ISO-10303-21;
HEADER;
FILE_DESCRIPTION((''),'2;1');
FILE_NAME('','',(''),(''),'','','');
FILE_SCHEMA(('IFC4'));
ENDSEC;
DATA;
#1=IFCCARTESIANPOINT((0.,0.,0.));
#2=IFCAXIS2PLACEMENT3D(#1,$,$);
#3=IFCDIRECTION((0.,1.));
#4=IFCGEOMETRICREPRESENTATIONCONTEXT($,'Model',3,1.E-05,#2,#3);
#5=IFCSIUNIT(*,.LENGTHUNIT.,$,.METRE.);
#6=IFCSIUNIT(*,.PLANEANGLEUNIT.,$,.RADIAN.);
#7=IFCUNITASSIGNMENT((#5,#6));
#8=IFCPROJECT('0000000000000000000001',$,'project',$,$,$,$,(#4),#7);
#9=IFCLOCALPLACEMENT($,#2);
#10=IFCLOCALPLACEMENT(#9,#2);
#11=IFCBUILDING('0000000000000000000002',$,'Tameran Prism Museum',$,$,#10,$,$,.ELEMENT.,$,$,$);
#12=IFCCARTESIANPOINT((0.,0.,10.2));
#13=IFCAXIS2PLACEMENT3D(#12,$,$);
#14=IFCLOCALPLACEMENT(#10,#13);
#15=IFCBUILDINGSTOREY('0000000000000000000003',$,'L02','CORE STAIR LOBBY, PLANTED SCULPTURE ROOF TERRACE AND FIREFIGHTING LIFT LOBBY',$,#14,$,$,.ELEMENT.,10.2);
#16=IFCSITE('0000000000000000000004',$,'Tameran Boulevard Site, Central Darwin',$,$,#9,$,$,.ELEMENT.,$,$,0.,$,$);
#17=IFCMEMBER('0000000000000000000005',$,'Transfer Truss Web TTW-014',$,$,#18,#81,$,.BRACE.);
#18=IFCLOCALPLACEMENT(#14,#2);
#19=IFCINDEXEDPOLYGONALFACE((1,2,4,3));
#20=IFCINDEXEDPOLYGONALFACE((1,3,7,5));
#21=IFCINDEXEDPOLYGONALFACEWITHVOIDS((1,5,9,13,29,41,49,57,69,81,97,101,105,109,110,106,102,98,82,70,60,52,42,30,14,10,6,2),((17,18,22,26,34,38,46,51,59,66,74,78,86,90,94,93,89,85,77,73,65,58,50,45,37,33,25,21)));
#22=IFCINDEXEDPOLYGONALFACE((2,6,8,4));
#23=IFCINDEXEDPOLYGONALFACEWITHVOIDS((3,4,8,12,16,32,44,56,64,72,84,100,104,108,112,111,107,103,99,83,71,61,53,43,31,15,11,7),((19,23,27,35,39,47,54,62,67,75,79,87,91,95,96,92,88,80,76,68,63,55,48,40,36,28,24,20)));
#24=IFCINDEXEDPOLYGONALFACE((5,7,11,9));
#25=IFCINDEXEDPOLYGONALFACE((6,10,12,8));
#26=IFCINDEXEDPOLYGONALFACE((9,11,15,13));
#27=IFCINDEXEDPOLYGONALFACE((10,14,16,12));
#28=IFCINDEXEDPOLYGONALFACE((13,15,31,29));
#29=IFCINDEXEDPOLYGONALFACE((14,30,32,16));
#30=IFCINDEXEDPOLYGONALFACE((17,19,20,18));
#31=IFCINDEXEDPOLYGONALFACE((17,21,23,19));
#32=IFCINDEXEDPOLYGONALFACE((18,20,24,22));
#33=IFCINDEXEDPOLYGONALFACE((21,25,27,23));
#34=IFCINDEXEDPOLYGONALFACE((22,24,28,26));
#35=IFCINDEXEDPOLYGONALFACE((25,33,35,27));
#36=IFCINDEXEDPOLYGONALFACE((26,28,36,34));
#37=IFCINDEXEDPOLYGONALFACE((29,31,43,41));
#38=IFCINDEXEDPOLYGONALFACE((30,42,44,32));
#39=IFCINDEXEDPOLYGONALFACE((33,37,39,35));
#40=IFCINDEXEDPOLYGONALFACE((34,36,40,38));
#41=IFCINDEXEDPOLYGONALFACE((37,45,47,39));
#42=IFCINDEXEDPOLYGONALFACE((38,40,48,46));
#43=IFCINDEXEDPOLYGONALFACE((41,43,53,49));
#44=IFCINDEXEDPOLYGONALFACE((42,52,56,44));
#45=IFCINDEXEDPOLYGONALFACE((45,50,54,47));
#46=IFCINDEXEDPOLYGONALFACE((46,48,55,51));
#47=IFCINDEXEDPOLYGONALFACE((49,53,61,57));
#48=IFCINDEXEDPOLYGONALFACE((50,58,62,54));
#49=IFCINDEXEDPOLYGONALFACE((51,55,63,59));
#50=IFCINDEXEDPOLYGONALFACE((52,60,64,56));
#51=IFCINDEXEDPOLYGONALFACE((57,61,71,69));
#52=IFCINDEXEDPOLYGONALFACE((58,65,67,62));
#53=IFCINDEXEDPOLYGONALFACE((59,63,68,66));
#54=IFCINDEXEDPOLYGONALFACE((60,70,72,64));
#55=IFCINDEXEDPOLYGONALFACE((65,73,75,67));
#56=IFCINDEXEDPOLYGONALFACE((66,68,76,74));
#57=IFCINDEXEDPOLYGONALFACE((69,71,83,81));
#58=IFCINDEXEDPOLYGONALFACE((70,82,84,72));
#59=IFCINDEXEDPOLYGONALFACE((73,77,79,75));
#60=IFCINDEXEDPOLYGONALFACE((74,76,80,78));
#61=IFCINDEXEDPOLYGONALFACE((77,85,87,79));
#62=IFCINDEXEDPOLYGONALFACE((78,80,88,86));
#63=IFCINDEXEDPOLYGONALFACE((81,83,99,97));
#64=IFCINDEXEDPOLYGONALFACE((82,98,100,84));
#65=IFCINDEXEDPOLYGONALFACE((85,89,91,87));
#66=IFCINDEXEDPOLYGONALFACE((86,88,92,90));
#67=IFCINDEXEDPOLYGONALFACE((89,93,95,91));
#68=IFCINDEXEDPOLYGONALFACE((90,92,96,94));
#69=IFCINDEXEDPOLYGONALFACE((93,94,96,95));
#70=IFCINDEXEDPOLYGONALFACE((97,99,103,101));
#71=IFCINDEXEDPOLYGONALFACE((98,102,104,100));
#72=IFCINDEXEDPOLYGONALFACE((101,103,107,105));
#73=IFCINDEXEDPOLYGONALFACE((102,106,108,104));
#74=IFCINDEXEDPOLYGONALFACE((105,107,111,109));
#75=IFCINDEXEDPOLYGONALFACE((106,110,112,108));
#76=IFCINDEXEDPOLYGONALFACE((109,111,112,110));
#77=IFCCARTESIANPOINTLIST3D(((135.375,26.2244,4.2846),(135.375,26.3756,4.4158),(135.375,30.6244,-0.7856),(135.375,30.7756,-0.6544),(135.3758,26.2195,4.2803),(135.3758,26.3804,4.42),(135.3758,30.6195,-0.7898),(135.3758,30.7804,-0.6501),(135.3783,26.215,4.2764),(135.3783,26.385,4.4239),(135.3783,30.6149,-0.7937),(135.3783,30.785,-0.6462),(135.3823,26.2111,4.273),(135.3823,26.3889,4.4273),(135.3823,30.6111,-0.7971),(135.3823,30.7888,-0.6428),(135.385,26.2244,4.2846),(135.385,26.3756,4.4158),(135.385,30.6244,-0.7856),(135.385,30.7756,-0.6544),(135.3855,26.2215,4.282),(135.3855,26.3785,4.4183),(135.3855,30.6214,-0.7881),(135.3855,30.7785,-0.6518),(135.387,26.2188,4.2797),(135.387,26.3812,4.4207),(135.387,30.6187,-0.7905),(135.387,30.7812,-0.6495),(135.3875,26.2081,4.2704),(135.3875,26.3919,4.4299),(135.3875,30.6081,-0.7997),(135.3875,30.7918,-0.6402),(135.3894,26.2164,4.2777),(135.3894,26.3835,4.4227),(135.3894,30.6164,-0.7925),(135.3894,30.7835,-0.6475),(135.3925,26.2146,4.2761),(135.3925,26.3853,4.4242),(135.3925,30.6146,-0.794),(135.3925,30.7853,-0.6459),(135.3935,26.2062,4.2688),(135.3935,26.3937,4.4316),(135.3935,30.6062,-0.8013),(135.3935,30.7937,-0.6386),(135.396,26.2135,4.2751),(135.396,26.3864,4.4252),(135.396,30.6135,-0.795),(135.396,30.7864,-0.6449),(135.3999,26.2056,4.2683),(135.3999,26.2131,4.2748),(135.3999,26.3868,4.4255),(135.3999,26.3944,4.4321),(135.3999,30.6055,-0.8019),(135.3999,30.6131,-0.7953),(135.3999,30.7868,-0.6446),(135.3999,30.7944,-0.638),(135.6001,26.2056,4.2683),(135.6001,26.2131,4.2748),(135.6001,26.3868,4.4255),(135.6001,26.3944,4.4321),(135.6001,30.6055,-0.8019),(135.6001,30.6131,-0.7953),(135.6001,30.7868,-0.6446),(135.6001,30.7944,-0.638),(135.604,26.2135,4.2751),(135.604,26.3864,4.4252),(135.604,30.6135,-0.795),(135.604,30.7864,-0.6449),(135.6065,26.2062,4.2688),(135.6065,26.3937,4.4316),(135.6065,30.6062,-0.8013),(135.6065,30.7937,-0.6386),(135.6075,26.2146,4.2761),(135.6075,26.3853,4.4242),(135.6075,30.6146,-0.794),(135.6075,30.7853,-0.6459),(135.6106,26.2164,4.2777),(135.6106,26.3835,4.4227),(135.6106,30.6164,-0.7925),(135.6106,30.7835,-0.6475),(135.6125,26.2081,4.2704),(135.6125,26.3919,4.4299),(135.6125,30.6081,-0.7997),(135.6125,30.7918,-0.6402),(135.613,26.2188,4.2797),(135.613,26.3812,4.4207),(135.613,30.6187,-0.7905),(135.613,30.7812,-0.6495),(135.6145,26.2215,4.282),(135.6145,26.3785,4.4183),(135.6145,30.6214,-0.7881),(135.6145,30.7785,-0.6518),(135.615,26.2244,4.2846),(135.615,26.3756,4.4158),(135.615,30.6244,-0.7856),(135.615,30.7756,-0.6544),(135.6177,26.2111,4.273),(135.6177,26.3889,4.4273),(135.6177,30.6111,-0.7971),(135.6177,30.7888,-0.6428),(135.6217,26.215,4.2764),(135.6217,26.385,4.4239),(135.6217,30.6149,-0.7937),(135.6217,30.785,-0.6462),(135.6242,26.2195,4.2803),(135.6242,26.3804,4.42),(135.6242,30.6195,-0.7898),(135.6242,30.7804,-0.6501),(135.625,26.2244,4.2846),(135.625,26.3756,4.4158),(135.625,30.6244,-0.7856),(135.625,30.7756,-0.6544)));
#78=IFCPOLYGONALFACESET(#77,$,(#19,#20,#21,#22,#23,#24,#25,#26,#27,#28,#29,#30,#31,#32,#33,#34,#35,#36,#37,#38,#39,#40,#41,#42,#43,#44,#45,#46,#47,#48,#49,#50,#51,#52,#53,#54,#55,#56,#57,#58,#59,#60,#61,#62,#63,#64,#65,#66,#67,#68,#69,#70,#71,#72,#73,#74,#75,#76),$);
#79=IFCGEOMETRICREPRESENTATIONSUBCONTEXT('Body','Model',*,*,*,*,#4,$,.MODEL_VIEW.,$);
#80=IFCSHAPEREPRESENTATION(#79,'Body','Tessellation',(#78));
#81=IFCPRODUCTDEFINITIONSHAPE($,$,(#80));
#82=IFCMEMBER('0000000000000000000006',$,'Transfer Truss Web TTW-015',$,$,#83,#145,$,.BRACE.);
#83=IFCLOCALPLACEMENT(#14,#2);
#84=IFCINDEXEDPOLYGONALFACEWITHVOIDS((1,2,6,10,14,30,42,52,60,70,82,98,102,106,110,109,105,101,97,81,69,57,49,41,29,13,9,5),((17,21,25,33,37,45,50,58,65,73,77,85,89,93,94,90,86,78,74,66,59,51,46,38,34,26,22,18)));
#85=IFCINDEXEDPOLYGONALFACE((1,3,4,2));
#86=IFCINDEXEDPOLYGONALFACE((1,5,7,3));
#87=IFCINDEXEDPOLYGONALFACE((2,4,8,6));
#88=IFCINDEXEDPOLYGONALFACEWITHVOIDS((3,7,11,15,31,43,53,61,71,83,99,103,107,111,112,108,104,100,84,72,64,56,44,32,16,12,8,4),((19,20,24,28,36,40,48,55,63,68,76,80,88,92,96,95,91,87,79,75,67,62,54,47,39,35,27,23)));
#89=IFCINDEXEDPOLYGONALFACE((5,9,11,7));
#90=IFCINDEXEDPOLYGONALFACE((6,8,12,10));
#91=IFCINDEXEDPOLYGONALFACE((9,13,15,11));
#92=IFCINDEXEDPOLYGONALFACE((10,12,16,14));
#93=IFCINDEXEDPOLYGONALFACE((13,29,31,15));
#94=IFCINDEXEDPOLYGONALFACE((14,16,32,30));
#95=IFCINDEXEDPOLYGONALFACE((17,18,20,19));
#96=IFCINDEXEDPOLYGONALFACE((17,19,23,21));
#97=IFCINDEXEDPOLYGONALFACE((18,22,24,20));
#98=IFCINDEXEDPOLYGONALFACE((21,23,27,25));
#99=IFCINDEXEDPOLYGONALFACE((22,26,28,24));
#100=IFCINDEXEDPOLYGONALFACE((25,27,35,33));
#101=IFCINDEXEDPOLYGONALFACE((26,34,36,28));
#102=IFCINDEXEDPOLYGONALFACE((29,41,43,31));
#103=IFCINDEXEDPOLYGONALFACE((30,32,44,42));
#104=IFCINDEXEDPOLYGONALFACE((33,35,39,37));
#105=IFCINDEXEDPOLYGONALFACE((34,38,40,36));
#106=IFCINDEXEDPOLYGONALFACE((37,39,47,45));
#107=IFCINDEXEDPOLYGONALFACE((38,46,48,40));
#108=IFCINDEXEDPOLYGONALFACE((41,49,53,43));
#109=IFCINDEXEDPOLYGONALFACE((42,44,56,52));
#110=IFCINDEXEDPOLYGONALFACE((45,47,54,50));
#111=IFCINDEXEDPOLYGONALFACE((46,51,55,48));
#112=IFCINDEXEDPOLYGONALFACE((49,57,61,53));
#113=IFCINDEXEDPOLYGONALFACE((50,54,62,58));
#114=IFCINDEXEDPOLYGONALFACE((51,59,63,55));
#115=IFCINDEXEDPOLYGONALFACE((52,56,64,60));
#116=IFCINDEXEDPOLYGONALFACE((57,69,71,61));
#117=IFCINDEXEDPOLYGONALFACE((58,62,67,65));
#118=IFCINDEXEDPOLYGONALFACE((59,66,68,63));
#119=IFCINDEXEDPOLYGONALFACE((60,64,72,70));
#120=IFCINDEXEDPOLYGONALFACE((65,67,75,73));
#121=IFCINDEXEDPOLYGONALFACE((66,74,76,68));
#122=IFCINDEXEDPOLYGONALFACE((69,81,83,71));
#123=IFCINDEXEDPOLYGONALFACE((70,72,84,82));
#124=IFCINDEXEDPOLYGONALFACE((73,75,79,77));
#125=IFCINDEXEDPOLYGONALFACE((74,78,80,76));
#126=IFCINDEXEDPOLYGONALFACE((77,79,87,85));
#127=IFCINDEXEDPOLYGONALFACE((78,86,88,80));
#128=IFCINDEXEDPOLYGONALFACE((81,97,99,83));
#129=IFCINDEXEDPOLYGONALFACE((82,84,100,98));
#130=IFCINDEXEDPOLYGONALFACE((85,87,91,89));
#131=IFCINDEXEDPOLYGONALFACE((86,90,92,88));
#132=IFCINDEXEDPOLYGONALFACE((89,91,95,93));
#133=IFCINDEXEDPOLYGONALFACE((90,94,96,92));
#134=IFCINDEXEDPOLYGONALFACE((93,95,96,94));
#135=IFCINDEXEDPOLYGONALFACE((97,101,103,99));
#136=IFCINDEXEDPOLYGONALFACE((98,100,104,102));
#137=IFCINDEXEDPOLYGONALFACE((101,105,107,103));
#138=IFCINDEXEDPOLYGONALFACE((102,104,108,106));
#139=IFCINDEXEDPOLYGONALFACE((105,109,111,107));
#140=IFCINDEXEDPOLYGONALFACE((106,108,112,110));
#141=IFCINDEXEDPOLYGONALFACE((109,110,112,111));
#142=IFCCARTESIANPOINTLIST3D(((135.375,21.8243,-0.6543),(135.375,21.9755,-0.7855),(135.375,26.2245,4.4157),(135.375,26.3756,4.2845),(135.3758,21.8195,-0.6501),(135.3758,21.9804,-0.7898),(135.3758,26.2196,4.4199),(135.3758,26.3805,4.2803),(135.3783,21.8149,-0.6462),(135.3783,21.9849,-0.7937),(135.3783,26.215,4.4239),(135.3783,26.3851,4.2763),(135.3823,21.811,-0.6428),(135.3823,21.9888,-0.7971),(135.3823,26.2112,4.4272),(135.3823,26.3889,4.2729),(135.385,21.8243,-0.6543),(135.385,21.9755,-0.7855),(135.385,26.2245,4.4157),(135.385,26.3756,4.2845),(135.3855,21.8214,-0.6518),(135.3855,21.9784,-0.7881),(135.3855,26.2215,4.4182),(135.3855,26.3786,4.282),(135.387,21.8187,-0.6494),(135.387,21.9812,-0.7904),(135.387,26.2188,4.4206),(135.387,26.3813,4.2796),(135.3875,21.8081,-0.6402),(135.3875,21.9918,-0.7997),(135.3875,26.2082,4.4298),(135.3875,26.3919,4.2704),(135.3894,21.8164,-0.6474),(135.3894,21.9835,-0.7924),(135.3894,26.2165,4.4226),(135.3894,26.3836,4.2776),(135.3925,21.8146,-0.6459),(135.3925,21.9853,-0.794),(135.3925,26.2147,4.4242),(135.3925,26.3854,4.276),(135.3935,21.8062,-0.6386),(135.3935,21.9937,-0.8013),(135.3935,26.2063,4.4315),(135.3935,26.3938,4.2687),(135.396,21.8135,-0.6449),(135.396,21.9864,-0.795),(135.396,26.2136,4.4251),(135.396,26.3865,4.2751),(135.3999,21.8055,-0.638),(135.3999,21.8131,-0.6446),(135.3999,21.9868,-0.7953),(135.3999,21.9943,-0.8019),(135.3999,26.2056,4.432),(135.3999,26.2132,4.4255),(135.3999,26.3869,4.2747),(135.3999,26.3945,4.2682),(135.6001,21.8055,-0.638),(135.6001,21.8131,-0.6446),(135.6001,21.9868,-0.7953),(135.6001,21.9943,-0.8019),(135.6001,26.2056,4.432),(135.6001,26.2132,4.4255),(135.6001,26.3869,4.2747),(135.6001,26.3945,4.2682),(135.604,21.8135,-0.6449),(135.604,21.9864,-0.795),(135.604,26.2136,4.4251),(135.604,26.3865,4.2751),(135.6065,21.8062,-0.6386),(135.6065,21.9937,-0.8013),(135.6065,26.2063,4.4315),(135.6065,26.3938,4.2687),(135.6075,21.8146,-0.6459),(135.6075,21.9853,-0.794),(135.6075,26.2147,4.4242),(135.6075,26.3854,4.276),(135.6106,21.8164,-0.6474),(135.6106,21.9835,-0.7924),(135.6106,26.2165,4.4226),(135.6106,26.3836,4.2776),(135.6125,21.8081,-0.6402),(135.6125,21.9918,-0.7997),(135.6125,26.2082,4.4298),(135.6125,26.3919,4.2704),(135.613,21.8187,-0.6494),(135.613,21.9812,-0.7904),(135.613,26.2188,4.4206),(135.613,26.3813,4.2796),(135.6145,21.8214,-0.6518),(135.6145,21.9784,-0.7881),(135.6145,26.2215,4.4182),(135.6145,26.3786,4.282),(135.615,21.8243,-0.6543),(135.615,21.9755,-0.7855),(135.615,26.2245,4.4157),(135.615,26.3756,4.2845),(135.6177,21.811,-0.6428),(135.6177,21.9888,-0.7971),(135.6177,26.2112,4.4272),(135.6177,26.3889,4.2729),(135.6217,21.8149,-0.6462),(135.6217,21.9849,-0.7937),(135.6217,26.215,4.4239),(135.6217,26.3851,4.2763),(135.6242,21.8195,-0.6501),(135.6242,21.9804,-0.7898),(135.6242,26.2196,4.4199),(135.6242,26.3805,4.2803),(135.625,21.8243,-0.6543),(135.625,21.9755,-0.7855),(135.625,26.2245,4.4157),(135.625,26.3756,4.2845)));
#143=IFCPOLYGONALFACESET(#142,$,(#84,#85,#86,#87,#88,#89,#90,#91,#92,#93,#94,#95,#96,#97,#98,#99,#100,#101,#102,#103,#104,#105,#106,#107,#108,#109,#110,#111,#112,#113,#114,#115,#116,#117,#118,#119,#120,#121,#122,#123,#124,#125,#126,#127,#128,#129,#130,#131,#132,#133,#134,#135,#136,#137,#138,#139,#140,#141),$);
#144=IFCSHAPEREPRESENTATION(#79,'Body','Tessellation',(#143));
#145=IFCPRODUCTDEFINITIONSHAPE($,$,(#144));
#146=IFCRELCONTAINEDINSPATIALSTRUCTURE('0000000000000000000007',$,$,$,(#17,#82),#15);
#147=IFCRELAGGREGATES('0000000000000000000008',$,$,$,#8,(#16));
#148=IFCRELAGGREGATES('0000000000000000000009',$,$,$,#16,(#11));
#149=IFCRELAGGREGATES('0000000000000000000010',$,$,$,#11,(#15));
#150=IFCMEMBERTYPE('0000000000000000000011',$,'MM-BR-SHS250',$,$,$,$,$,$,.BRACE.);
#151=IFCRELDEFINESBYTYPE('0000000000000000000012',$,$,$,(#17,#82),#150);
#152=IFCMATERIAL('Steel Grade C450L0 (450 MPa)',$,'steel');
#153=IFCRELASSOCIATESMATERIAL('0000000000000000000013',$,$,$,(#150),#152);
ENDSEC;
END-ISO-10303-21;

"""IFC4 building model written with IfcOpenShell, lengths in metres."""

from ifc_helpers import new_model, si_unit, direction, frame, origin, origin_2d, place, context, subcontext, project, spatial, hollow_rectangle, extrude, material, material_profile, profile_set, type_object, element, save


model = new_model("IFC4")

# Units and contexts
model_context = context("Model", 3, precision=1e-05, world=origin(), true_north=direction((0.0, 1.0)))
body_context = subcontext(model_context, "Body", "Model", "MODEL_VIEW")
ifc_project = project(units=[si_unit("LENGTHUNIT", "METRE"), si_unit("PLANEANGLEUNIT", "RADIAN")], contexts=[model_context])

# Site, building, storey
site_placement = place(None, origin())
site = spatial("IfcSite", under=ifc_project, at=site_placement, Name="Tameran Boulevard Site, Central Darwin", CompositionType="ELEMENT", RefElevation=0.0)
building_placement = place(site_placement, origin())
building = spatial("IfcBuilding", under=site, at=building_placement, Name="Tameran Prism Museum", CompositionType="ELEMENT")
storey_placement = place(building_placement, frame((0.0, 0.0, 10.2)))
storey = spatial("IfcBuildingStorey", under=building, at=storey_placement, Name="L02", Description="CORE STAIR LOBBY, PLANTED SCULPTURE ROOF TERRACE AND FIREFIGHTING LIFT LOBBY", CompositionType="ELEMENT", Elevation=10.2)

# Members
ifc_material_1 = material(Name="Steel Grade C450L0 (450 MPa)", Category="steel")
ifc_material_profile_1 = material_profile(ifc_material_1, hollow_rectangle(XDim=0.25, YDim=0.25, WallThickness=0.01, InnerFilletRadius=0.0149, OuterFilletRadius=0.0249, at=origin_2d()))
ifc_profile_set_1 = profile_set([ifc_material_profile_1])
member_type_1 = type_object("IfcMemberType", Name="MM-BR-SHS250", PredefinedType="BRACE", material=ifc_profile_set_1)
for number, where, z_axis, x_axis, name in (
    (1, (135.5, 30.7, -0.72), (0.0, -0.655427, 0.755258), (1.0, 0.0, 0.0), "Transfer Truss Web TTW-014"),
    (2, (135.5, 26.3, 4.3501), (0.0, -0.655448, -0.75524), (1.0, 0.0, 0.0), "Transfer Truss Web TTW-015"),
):
    element("IfcMember", number, at=place(storey_placement, frame(where, z_axis=z_axis, x_axis=x_axis)), inside=storey, type_object=member_type_1, Name=name, PredefinedType="BRACE", context=body_context, shape_type="SweptSolid", body=[
        extrude(hollow_rectangle(XDim=0.25, YDim=0.25, WallThickness=0.01, InnerFilletRadius=0.0149, OuterFilletRadius=0.0249, at=origin_2d()), origin(), (0.0, 0.0, 1.0), 6.7131),
    ])

save(model, "model.ifc")
